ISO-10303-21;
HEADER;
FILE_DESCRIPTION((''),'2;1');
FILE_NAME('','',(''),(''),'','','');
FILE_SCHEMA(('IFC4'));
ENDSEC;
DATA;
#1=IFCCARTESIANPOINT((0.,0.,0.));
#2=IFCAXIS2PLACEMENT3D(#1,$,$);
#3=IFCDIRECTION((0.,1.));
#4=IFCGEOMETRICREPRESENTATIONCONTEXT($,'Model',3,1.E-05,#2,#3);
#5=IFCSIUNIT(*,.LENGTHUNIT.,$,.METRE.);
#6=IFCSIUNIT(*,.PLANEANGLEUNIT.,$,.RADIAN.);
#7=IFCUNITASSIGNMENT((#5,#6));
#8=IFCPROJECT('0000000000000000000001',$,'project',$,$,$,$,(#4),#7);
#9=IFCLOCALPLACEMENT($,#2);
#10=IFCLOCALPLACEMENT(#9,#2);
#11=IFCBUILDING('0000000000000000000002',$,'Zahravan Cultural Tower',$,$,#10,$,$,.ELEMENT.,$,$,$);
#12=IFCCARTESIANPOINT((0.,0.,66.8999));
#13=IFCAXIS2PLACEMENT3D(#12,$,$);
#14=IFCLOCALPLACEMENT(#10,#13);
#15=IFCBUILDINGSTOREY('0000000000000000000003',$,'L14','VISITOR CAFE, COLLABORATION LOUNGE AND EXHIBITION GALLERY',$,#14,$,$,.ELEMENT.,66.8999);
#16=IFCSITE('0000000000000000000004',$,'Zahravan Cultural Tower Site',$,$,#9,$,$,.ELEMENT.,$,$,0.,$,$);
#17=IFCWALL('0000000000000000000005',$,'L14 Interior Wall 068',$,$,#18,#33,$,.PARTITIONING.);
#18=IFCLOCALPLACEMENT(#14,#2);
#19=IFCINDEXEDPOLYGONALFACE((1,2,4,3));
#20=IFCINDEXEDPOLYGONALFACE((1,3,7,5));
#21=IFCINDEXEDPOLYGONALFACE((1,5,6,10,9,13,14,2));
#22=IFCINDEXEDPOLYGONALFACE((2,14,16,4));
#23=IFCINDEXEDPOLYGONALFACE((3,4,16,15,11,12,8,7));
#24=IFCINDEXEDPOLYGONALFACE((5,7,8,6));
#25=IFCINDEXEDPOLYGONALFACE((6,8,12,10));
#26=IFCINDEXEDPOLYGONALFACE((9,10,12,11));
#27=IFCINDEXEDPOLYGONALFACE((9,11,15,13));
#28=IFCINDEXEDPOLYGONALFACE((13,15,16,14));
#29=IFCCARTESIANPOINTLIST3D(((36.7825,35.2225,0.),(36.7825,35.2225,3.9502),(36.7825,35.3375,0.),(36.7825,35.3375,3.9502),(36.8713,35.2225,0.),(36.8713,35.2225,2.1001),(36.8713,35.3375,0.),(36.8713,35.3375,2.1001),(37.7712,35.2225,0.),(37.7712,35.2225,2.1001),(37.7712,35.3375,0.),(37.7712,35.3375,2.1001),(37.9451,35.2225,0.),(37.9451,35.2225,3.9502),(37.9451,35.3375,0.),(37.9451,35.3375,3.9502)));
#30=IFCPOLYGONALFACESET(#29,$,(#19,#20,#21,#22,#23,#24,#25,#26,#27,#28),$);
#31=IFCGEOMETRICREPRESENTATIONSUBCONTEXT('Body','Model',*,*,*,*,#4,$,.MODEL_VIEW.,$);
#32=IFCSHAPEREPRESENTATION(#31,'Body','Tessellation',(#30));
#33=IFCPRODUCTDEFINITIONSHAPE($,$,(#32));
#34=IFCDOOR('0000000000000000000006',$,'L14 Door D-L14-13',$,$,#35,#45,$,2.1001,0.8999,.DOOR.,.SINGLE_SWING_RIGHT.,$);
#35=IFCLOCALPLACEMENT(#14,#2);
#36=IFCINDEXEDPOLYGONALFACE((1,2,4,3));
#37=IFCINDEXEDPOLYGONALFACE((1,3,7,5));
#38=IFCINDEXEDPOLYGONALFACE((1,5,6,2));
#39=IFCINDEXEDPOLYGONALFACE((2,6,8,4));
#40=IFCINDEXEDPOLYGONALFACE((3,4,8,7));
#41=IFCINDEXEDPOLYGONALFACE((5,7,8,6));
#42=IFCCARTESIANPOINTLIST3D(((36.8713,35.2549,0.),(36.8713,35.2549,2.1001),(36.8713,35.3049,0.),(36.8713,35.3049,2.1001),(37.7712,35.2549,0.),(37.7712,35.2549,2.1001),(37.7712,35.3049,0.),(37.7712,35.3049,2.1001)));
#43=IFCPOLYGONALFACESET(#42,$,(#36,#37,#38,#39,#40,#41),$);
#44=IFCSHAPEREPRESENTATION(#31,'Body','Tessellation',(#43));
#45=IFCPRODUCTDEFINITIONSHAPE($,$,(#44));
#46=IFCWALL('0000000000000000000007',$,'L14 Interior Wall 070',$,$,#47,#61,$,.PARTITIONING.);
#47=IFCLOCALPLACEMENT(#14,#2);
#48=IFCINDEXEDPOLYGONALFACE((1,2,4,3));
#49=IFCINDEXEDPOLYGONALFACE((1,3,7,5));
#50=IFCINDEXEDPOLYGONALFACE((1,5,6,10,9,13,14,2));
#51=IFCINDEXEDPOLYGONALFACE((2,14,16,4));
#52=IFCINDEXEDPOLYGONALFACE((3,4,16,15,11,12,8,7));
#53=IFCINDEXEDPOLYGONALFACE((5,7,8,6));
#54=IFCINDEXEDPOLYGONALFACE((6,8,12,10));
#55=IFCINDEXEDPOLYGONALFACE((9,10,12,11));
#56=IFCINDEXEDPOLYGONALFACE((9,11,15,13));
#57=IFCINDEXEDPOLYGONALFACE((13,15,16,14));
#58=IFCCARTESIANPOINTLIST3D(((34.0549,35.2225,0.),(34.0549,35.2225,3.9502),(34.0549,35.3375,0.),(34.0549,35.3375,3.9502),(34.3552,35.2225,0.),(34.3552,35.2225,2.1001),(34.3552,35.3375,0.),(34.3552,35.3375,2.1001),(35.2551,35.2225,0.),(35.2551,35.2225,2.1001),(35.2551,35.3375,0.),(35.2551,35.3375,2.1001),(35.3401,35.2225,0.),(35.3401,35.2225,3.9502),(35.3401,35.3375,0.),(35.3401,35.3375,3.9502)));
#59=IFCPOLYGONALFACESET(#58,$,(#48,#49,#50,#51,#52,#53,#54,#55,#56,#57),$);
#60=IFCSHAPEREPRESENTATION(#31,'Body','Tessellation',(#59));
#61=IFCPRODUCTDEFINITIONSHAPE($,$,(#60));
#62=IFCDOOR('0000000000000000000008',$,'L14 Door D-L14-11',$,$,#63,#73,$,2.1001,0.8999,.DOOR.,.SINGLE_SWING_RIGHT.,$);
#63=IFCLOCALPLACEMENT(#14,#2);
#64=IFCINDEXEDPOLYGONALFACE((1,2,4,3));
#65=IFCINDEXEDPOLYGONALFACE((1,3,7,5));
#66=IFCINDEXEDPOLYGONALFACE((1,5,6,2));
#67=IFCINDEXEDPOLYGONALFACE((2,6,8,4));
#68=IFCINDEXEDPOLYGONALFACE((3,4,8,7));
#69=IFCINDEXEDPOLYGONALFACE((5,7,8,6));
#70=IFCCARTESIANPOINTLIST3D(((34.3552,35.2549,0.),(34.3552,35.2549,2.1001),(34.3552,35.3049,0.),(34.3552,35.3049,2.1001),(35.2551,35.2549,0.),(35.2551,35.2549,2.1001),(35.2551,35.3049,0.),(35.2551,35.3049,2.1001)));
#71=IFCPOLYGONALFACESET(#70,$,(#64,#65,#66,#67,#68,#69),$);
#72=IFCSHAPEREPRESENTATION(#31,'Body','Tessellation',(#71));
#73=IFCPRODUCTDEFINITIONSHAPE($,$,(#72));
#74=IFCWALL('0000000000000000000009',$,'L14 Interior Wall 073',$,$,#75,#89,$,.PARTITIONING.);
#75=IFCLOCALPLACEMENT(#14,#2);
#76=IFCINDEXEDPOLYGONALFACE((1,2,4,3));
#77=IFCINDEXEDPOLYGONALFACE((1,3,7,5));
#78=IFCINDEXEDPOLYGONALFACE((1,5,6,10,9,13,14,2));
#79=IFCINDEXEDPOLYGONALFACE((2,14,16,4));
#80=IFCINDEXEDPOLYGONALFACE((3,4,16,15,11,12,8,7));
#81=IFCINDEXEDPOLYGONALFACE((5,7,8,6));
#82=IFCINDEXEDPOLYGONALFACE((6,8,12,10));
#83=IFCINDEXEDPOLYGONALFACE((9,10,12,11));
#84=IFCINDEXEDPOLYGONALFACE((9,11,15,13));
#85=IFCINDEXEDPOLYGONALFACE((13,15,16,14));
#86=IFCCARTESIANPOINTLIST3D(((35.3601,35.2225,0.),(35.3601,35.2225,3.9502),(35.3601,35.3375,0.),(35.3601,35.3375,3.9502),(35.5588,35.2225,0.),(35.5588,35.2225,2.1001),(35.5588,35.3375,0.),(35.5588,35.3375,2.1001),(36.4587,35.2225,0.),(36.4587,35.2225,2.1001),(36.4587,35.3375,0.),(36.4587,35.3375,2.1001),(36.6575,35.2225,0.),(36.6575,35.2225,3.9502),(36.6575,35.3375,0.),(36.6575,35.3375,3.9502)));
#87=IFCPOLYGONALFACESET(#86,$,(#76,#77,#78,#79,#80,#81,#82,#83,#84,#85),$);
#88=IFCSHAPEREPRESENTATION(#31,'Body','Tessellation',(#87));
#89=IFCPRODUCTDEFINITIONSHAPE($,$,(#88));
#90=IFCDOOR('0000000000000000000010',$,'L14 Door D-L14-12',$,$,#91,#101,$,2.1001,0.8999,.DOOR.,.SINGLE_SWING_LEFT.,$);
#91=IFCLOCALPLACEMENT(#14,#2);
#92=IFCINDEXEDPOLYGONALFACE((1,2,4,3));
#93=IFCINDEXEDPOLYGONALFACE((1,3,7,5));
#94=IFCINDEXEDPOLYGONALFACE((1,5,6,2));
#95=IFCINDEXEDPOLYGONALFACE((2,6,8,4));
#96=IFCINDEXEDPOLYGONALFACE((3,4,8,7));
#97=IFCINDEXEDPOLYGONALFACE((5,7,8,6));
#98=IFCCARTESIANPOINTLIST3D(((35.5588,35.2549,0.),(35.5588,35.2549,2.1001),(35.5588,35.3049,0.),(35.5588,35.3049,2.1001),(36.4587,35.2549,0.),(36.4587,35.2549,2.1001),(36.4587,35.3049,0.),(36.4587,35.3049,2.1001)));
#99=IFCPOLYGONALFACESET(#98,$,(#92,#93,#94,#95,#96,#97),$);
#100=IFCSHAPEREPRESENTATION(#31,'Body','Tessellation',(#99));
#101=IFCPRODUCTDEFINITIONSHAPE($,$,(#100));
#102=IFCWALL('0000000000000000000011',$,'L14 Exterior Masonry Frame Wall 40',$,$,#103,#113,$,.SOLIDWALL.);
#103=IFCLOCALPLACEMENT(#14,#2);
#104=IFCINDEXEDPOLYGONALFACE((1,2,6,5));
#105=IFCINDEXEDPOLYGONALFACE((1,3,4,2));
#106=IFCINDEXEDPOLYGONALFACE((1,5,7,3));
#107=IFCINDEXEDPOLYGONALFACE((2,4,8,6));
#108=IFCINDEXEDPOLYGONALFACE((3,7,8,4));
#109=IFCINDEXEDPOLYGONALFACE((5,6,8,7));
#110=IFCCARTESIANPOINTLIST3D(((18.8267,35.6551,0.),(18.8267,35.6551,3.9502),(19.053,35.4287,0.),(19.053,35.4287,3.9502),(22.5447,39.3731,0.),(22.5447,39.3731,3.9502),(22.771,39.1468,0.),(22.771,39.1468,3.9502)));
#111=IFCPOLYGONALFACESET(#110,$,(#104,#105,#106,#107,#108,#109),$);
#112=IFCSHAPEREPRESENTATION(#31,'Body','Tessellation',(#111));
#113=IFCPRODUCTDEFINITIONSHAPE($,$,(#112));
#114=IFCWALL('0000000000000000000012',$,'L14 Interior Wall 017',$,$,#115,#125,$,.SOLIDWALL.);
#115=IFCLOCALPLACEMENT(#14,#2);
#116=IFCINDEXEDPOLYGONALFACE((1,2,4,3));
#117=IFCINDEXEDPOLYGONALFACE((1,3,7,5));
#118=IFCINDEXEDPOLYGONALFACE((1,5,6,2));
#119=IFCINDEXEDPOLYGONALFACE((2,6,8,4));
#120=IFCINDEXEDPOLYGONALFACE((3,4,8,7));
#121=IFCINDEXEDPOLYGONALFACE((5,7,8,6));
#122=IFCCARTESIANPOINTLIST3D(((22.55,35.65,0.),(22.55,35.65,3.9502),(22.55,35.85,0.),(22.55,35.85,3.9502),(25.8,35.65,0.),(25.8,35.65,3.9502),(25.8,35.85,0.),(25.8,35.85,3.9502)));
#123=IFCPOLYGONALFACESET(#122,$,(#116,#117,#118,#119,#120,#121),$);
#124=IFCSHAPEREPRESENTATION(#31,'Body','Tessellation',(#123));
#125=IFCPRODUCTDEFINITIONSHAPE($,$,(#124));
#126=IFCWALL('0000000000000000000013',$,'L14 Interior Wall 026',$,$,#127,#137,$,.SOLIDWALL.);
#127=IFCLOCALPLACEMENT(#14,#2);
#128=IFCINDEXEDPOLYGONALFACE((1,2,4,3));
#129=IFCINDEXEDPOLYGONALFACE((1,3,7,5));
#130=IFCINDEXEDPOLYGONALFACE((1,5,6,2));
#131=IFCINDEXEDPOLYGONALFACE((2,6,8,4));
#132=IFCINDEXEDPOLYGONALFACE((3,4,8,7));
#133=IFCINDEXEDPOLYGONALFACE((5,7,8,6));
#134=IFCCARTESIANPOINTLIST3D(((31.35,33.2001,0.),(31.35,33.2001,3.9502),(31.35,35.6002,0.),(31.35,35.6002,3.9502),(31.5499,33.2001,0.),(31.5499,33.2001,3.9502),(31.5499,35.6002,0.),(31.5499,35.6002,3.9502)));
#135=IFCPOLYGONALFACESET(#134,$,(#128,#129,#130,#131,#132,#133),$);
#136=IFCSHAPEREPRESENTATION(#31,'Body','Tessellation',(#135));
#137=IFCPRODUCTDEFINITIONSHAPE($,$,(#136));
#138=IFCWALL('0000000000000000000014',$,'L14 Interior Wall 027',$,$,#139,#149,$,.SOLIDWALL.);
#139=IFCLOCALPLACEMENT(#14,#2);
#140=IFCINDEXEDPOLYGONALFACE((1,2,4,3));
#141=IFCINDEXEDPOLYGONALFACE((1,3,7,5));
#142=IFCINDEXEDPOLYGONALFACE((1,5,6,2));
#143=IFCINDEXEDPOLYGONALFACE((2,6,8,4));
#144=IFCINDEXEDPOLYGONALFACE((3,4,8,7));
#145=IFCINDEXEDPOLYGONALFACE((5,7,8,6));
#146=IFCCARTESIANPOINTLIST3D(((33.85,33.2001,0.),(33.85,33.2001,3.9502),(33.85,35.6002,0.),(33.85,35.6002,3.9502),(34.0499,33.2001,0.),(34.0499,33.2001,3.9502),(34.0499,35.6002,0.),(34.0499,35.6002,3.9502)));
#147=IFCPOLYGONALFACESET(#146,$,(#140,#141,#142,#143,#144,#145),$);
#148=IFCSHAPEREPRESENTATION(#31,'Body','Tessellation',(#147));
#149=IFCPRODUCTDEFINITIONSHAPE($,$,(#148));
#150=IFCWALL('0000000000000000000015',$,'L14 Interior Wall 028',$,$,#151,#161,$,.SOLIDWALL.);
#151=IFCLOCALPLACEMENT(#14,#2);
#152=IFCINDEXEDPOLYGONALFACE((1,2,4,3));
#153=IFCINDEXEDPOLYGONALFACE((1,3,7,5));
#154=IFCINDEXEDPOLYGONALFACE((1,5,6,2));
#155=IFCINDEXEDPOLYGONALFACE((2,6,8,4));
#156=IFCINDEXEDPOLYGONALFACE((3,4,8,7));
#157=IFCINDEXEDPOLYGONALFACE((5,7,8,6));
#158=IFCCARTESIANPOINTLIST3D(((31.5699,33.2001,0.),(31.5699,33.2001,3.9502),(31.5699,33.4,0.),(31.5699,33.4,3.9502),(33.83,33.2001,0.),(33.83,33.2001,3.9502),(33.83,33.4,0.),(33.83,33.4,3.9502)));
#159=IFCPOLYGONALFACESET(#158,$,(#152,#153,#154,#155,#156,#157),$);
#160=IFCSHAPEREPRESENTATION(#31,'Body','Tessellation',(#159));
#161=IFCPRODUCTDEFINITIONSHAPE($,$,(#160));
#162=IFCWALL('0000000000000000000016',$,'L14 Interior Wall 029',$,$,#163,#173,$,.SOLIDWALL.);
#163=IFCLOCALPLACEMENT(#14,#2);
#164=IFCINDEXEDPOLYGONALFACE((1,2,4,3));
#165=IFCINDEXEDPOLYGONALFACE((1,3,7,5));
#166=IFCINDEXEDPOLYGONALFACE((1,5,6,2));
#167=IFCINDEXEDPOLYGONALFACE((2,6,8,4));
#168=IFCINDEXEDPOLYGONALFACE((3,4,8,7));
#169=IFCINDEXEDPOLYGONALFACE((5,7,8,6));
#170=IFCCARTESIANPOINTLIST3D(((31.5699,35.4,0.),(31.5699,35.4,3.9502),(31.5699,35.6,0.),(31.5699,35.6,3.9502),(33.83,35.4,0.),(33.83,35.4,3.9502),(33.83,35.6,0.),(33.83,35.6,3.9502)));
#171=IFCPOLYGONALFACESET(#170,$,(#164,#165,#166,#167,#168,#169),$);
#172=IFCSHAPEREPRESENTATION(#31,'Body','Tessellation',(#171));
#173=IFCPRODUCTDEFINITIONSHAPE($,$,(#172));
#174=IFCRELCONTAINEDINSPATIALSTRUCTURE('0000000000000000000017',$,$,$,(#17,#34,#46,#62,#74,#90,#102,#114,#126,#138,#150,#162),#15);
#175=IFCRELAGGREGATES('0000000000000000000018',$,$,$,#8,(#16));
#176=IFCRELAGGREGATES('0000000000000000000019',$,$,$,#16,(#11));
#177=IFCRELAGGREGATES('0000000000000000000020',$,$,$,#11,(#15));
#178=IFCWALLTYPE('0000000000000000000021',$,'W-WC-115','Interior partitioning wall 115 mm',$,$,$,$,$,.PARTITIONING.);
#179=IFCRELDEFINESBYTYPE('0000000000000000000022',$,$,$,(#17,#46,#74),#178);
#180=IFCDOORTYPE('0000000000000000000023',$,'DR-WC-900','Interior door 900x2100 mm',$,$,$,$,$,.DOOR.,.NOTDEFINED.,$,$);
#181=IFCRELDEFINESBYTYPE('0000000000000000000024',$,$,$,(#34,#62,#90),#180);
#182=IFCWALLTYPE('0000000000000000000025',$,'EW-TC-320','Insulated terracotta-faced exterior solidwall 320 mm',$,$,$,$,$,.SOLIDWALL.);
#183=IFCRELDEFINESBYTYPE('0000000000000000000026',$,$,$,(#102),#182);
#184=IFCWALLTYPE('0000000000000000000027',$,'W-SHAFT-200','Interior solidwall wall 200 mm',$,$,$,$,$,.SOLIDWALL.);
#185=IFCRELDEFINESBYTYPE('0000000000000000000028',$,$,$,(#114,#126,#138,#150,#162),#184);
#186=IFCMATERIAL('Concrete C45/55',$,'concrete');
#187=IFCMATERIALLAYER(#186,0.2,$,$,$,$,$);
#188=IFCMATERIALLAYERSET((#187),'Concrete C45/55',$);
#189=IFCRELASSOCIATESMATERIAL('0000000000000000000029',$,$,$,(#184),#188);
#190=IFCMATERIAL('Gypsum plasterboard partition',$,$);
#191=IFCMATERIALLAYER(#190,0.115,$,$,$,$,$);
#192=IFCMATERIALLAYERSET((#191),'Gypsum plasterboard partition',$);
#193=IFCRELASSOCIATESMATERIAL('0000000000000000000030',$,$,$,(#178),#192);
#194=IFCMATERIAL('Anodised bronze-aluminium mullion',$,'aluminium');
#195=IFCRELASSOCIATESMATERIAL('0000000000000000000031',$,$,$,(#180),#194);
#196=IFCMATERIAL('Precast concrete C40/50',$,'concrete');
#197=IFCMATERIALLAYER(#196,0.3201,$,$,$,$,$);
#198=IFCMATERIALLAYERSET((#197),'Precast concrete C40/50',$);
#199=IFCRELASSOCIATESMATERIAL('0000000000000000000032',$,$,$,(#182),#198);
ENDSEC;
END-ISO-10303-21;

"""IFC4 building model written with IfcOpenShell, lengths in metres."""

from ifc_helpers import new_model, si_unit, direction, frame, frame_2d, origin, place, context, subcontext, project, spatial, rectangle, extrude, source, transform, mapped, material, layer, layer_set, type_object, element, fill, save


model = new_model("IFC4")

# Units and contexts
model_context = context("Model", 3, precision=1e-05, world=origin(), true_north=direction((0.0, 1.0)))
body_context = subcontext(model_context, "Body", "Model", "MODEL_VIEW")
ifc_project = project(units=[si_unit("LENGTHUNIT", "METRE"), si_unit("PLANEANGLEUNIT", "RADIAN")], contexts=[model_context])

# Site, building, storey
site_placement = place(None, origin())
site = spatial("IfcSite", under=ifc_project, at=site_placement, Name="Zahravan Cultural Tower Site", CompositionType="ELEMENT", RefElevation=0.0)
building_placement = place(site_placement, origin())
building = spatial("IfcBuilding", under=site, at=building_placement, Name="Zahravan Cultural Tower", CompositionType="ELEMENT")
storey_placement = place(building_placement, frame((0.0, 0.0, 66.8999)))
storey = spatial("IfcBuildingStorey", under=building, at=storey_placement, Name="L14", Description="VISITOR CAFE, COLLABORATION LOUNGE AND EXHIBITION GALLERY", CompositionType="ELEMENT", Elevation=66.8999)

# Walls, openings, doors
ifc_material_1 = material(Name="Gypsum plasterboard partition")
ifc_material_2 = material(Name="Anodised bronze-aluminium mullion", Category="aluminium")
ifc_material_3 = material(Name="Concrete C45/55", Category="concrete")
ifc_layer_1 = layer(ifc_material_3, 0.2)
ifc_layer_set_1 = layer_set([ifc_layer_1], Name="Concrete C45/55")
wall_type_1 = type_object("IfcWallType", Name="W-SHAFT-200", Description="Interior solidwall wall 200 mm", PredefinedType="SOLIDWALL", material=ifc_layer_set_1)
ifc_layer_2 = layer(ifc_material_1, 0.115)
ifc_layer_set_2 = layer_set([ifc_layer_2], Name="Gypsum plasterboard partition")
wall_type_2 = type_object("IfcWallType", Name="W-WC-115", Description="Interior partitioning wall 115 mm", PredefinedType="PARTITIONING", material=ifc_layer_set_2)
wall_1_placement = place(storey_placement, frame((36.7825, 35.28, 0.0), z_axis=(0.0, 0.0, 1.0), x_axis=(1.0, 0.0, 0.0)))
wall_1 = element("IfcWall", 1, at=wall_1_placement, inside=storey, type_object=wall_type_2, Name="L14 Interior Wall 068", PredefinedType="PARTITIONING", context=body_context, shape_type="SweptSolid", body=[
    extrude(rectangle(XDim=1.1626, YDim=0.115, at=frame_2d((0.5813, 0.0))), origin(), (0.0, 0.0, 1.0), 3.9502),
])
opening_1_placement = place(wall_1_placement, frame((0.0889, 0.0, 0.0)))
opening_1 = element("IfcOpeningElement", 2, at=opening_1_placement, cuts=wall_1, PredefinedType="OPENING", context=body_context, shape_type="SweptSolid", body=[
    extrude(rectangle(XDim=0.8999, YDim=2.1001, at=frame_2d((0.45, 1.05))), frame((0.0, 0.0674, 0.0), z_axis=(0.0, -1.0, 0.0), x_axis=(1.0, 0.0, 0.0)), (0.0, 0.0, 1.0), 0.135),
])
door_type_1 = type_object("IfcDoorType", Name="DR-WC-900", Description="Interior door 900x2100 mm", OperationType="NOTDEFINED", PredefinedType="DOOR", material=ifc_material_2)
shared_shape_1 = source(origin(), body_context, "Body", "SweptSolid", [
    extrude(rectangle(XDim=0.8999, YDim=2.1001, at=frame_2d((0.45, 1.05))), frame((0.0, 0.0249, 0.0), z_axis=(0.0, -1.0, 0.0), x_axis=(1.0, 0.0, 0.0)), (0.0, 0.0, 1.0), 0.05),
])
door_1_placement = place(opening_1_placement, origin())
door_1 = element("IfcDoor", 3, at=door_1_placement, inside=storey, type_object=door_type_1, Name="L14 Door D-L14-13", OperationType="SINGLE_SWING_RIGHT", OverallHeight=2.1001, OverallWidth=0.8999, PredefinedType="DOOR", context=body_context, shape_type="MappedRepresentation", body=[
    mapped(shared_shape_1, transform((0.0, 0.0, 0.0), x_axis=(1.0, 0.0, 0.0), y_axis=(0.0, 1.0, 0.0), z_axis=(0.0, 0.0, 1.0), scale=1.0)),
])
fill(opening_1, door_1)
wall_2_placement = place(storey_placement, frame((34.0549, 35.28, 0.0), z_axis=(0.0, 0.0, 1.0), x_axis=(1.0, 0.0, 0.0)))
wall_2 = element("IfcWall", 4, at=wall_2_placement, inside=storey, type_object=wall_type_2, Name="L14 Interior Wall 070", PredefinedType="PARTITIONING", context=body_context, shape_type="SweptSolid", body=[
    extrude(rectangle(XDim=1.2852, YDim=0.115, at=frame_2d((0.6426, 0.0))), origin(), (0.0, 0.0, 1.0), 3.9502),
])
opening_2_placement = place(wall_2_placement, frame((0.3003, 0.0, 0.0)))
opening_2 = element("IfcOpeningElement", 5, at=opening_2_placement, cuts=wall_2, PredefinedType="OPENING", context=body_context, shape_type="SweptSolid", body=[
    extrude(rectangle(XDim=0.8999, YDim=2.1001, at=frame_2d((0.45, 1.05))), frame((0.0, 0.0674, 0.0), z_axis=(0.0, -1.0, 0.0), x_axis=(1.0, 0.0, 0.0)), (0.0, 0.0, 1.0), 0.135),
])
door_2_placement = place(opening_2_placement, origin())
door_2 = element("IfcDoor", 6, at=door_2_placement, inside=storey, type_object=door_type_1, Name="L14 Door D-L14-11", OperationType="SINGLE_SWING_RIGHT", OverallHeight=2.1001, OverallWidth=0.8999, PredefinedType="DOOR", context=body_context, shape_type="MappedRepresentation", body=[
    mapped(shared_shape_1, transform((0.0, 0.0, 0.0), x_axis=(1.0, 0.0, 0.0), y_axis=(0.0, 1.0, 0.0), z_axis=(0.0, 0.0, 1.0), scale=1.0)),
])
fill(opening_2, door_2)
wall_3_placement = place(storey_placement, frame((35.3601, 35.28, 0.0), z_axis=(0.0, 0.0, 1.0), x_axis=(1.0, 0.0, 0.0)))
wall_3 = element("IfcWall", 7, at=wall_3_placement, inside=storey, type_object=wall_type_2, Name="L14 Interior Wall 073", PredefinedType="PARTITIONING", context=body_context, shape_type="SweptSolid", body=[
    extrude(rectangle(XDim=1.2974, YDim=0.115, at=frame_2d((0.6487, 0.0))), origin(), (0.0, 0.0, 1.0), 3.9502),
])
opening_3_placement = place(wall_3_placement, frame((0.1987, 0.0, 0.0)))
opening_3 = element("IfcOpeningElement", 8, at=opening_3_placement, cuts=wall_3, PredefinedType="OPENING", context=body_context, shape_type="SweptSolid", body=[
    extrude(rectangle(XDim=0.8999, YDim=2.1001, at=frame_2d((0.45, 1.05))), frame((0.0, 0.0674, 0.0), z_axis=(0.0, -1.0, 0.0), x_axis=(1.0, 0.0, 0.0)), (0.0, 0.0, 1.0), 0.135),
])
door_3_placement = place(opening_3_placement, origin())
door_3 = element("IfcDoor", 9, at=door_3_placement, inside=storey, type_object=door_type_1, Name="L14 Door D-L14-12", OperationType="SINGLE_SWING_LEFT", OverallHeight=2.1001, OverallWidth=0.8999, PredefinedType="DOOR", context=body_context, shape_type="MappedRepresentation", body=[
    mapped(shared_shape_1, transform((0.0, 0.0, 0.0), x_axis=(1.0, 0.0, 0.0), y_axis=(0.0, 1.0, 0.0), z_axis=(0.0, 0.0, 1.0), scale=1.0)),
])
fill(opening_3, door_3)

# Walls
ifc_material_4 = material(Name="Precast concrete C40/50", Category="concrete")
ifc_layer_3 = layer(ifc_material_4, 0.3201)
ifc_layer_set_3 = layer_set([ifc_layer_3], Name="Precast concrete C40/50")
wall_type_3 = type_object("IfcWallType", Name="EW-TC-320", Description="Insulated terracotta-faced exterior solidwall 320 mm", PredefinedType="SOLIDWALL", material=ifc_layer_set_3)
shared_shape_2 = source(origin(), body_context, "Body", "SweptSolid", [
    extrude(rectangle(XDim=5.2581, YDim=0.3201, at=frame_2d((2.6289, 0.0))), origin(), (0.0, 0.0, 1.0), 3.9502),
])
wall_4_placement = place(storey_placement, frame((18.9399, 35.542, 0.0), z_axis=(0.0, 0.0, 1.0), x_axis=(0.707107, 0.707107, 0.0)))
element("IfcWall", 10, at=wall_4_placement, inside=storey, type_object=wall_type_3, Name="L14 Exterior Masonry Frame Wall 40", PredefinedType="SOLIDWALL", context=body_context, shape_type="MappedRepresentation", body=[
    mapped(shared_shape_2, transform((0.0, 0.0, 0.0), x_axis=(1.0, 0.0, 0.0), y_axis=(0.0, 1.0, 0.0), z_axis=(0.0, 0.0, 1.0), scale=1.0)),
])
shared_shape_3 = source(origin(), body_context, "Body", "SweptSolid", [
    extrude(rectangle(XDim=3.25, YDim=0.2, at=frame_2d((1.625, 0.0))), origin(), (0.0, 0.0, 1.0), 3.9502),
])
wall_5_placement = place(storey_placement, frame((22.55, 35.75, 0.0), z_axis=(0.0, 0.0, 1.0), x_axis=(1.0, 0.0, 0.0)))
element("IfcWall", 11, at=wall_5_placement, inside=storey, type_object=wall_type_1, Name="L14 Interior Wall 017", PredefinedType="SOLIDWALL", context=body_context, shape_type="MappedRepresentation", body=[
    mapped(shared_shape_3, transform((0.0, 0.0, 0.0), x_axis=(1.0, 0.0, 0.0), y_axis=(0.0, 1.0, 0.0), z_axis=(0.0, 0.0, 1.0), scale=1.0)),
])
shared_shape_4 = source(origin(), body_context, "Body", "SweptSolid", [
    extrude(rectangle(XDim=2.4001, YDim=0.2, at=frame_2d((1.2002, 0.0))), origin(), (0.0, 0.0, 1.0), 3.9502),
])
for number, where, z_axis, x_axis, name in (
    (12, (31.45, 33.2, 0.0), (0.0, 0.0, 1.0), (0.0, 1.0, 0.0), "L14 Interior Wall 026"),
    (13, (33.95, 33.2, 0.0), (0.0, 0.0, 1.0), (0.0, 1.0, 0.0), "L14 Interior Wall 027"),
):
    element("IfcWall", number, at=place(storey_placement, frame(where, z_axis=z_axis, x_axis=x_axis)), inside=storey, type_object=wall_type_1, Name=name, PredefinedType="SOLIDWALL", context=body_context, shape_type="MappedRepresentation", body=[
        mapped(shared_shape_4, transform((0.0, 0.0, 0.0), x_axis=(1.0, 0.0, 0.0), y_axis=(0.0, 1.0, 0.0), z_axis=(0.0, 0.0, 1.0), scale=1.0)),
    ])
shared_shape_5 = source(origin(), body_context, "Body", "SweptSolid", [
    extrude(rectangle(XDim=2.26, YDim=0.2, at=frame_2d((1.1299, 0.0))), origin(), (0.0, 0.0, 1.0), 3.9502),
])
for number, where, z_axis, x_axis, name in (
    (14, (31.5701, 33.3, 0.0), (0.0, 0.0, 1.0), (1.0, 0.0, 0.0), "L14 Interior Wall 028"),
    (15, (31.5701, 35.5, 0.0), (0.0, 0.0, 1.0), (1.0, 0.0, 0.0), "L14 Interior Wall 029"),
):
    element("IfcWall", number, at=place(storey_placement, frame(where, z_axis=z_axis, x_axis=x_axis)), inside=storey, type_object=wall_type_1, Name=name, PredefinedType="SOLIDWALL", context=body_context, shape_type="MappedRepresentation", body=[
        mapped(shared_shape_5, transform((0.0, 0.0, 0.0), x_axis=(1.0, 0.0, 0.0), y_axis=(0.0, 1.0, 0.0), z_axis=(0.0, 0.0, 1.0), scale=1.0)),
    ])

save(model, "model.ifc")
